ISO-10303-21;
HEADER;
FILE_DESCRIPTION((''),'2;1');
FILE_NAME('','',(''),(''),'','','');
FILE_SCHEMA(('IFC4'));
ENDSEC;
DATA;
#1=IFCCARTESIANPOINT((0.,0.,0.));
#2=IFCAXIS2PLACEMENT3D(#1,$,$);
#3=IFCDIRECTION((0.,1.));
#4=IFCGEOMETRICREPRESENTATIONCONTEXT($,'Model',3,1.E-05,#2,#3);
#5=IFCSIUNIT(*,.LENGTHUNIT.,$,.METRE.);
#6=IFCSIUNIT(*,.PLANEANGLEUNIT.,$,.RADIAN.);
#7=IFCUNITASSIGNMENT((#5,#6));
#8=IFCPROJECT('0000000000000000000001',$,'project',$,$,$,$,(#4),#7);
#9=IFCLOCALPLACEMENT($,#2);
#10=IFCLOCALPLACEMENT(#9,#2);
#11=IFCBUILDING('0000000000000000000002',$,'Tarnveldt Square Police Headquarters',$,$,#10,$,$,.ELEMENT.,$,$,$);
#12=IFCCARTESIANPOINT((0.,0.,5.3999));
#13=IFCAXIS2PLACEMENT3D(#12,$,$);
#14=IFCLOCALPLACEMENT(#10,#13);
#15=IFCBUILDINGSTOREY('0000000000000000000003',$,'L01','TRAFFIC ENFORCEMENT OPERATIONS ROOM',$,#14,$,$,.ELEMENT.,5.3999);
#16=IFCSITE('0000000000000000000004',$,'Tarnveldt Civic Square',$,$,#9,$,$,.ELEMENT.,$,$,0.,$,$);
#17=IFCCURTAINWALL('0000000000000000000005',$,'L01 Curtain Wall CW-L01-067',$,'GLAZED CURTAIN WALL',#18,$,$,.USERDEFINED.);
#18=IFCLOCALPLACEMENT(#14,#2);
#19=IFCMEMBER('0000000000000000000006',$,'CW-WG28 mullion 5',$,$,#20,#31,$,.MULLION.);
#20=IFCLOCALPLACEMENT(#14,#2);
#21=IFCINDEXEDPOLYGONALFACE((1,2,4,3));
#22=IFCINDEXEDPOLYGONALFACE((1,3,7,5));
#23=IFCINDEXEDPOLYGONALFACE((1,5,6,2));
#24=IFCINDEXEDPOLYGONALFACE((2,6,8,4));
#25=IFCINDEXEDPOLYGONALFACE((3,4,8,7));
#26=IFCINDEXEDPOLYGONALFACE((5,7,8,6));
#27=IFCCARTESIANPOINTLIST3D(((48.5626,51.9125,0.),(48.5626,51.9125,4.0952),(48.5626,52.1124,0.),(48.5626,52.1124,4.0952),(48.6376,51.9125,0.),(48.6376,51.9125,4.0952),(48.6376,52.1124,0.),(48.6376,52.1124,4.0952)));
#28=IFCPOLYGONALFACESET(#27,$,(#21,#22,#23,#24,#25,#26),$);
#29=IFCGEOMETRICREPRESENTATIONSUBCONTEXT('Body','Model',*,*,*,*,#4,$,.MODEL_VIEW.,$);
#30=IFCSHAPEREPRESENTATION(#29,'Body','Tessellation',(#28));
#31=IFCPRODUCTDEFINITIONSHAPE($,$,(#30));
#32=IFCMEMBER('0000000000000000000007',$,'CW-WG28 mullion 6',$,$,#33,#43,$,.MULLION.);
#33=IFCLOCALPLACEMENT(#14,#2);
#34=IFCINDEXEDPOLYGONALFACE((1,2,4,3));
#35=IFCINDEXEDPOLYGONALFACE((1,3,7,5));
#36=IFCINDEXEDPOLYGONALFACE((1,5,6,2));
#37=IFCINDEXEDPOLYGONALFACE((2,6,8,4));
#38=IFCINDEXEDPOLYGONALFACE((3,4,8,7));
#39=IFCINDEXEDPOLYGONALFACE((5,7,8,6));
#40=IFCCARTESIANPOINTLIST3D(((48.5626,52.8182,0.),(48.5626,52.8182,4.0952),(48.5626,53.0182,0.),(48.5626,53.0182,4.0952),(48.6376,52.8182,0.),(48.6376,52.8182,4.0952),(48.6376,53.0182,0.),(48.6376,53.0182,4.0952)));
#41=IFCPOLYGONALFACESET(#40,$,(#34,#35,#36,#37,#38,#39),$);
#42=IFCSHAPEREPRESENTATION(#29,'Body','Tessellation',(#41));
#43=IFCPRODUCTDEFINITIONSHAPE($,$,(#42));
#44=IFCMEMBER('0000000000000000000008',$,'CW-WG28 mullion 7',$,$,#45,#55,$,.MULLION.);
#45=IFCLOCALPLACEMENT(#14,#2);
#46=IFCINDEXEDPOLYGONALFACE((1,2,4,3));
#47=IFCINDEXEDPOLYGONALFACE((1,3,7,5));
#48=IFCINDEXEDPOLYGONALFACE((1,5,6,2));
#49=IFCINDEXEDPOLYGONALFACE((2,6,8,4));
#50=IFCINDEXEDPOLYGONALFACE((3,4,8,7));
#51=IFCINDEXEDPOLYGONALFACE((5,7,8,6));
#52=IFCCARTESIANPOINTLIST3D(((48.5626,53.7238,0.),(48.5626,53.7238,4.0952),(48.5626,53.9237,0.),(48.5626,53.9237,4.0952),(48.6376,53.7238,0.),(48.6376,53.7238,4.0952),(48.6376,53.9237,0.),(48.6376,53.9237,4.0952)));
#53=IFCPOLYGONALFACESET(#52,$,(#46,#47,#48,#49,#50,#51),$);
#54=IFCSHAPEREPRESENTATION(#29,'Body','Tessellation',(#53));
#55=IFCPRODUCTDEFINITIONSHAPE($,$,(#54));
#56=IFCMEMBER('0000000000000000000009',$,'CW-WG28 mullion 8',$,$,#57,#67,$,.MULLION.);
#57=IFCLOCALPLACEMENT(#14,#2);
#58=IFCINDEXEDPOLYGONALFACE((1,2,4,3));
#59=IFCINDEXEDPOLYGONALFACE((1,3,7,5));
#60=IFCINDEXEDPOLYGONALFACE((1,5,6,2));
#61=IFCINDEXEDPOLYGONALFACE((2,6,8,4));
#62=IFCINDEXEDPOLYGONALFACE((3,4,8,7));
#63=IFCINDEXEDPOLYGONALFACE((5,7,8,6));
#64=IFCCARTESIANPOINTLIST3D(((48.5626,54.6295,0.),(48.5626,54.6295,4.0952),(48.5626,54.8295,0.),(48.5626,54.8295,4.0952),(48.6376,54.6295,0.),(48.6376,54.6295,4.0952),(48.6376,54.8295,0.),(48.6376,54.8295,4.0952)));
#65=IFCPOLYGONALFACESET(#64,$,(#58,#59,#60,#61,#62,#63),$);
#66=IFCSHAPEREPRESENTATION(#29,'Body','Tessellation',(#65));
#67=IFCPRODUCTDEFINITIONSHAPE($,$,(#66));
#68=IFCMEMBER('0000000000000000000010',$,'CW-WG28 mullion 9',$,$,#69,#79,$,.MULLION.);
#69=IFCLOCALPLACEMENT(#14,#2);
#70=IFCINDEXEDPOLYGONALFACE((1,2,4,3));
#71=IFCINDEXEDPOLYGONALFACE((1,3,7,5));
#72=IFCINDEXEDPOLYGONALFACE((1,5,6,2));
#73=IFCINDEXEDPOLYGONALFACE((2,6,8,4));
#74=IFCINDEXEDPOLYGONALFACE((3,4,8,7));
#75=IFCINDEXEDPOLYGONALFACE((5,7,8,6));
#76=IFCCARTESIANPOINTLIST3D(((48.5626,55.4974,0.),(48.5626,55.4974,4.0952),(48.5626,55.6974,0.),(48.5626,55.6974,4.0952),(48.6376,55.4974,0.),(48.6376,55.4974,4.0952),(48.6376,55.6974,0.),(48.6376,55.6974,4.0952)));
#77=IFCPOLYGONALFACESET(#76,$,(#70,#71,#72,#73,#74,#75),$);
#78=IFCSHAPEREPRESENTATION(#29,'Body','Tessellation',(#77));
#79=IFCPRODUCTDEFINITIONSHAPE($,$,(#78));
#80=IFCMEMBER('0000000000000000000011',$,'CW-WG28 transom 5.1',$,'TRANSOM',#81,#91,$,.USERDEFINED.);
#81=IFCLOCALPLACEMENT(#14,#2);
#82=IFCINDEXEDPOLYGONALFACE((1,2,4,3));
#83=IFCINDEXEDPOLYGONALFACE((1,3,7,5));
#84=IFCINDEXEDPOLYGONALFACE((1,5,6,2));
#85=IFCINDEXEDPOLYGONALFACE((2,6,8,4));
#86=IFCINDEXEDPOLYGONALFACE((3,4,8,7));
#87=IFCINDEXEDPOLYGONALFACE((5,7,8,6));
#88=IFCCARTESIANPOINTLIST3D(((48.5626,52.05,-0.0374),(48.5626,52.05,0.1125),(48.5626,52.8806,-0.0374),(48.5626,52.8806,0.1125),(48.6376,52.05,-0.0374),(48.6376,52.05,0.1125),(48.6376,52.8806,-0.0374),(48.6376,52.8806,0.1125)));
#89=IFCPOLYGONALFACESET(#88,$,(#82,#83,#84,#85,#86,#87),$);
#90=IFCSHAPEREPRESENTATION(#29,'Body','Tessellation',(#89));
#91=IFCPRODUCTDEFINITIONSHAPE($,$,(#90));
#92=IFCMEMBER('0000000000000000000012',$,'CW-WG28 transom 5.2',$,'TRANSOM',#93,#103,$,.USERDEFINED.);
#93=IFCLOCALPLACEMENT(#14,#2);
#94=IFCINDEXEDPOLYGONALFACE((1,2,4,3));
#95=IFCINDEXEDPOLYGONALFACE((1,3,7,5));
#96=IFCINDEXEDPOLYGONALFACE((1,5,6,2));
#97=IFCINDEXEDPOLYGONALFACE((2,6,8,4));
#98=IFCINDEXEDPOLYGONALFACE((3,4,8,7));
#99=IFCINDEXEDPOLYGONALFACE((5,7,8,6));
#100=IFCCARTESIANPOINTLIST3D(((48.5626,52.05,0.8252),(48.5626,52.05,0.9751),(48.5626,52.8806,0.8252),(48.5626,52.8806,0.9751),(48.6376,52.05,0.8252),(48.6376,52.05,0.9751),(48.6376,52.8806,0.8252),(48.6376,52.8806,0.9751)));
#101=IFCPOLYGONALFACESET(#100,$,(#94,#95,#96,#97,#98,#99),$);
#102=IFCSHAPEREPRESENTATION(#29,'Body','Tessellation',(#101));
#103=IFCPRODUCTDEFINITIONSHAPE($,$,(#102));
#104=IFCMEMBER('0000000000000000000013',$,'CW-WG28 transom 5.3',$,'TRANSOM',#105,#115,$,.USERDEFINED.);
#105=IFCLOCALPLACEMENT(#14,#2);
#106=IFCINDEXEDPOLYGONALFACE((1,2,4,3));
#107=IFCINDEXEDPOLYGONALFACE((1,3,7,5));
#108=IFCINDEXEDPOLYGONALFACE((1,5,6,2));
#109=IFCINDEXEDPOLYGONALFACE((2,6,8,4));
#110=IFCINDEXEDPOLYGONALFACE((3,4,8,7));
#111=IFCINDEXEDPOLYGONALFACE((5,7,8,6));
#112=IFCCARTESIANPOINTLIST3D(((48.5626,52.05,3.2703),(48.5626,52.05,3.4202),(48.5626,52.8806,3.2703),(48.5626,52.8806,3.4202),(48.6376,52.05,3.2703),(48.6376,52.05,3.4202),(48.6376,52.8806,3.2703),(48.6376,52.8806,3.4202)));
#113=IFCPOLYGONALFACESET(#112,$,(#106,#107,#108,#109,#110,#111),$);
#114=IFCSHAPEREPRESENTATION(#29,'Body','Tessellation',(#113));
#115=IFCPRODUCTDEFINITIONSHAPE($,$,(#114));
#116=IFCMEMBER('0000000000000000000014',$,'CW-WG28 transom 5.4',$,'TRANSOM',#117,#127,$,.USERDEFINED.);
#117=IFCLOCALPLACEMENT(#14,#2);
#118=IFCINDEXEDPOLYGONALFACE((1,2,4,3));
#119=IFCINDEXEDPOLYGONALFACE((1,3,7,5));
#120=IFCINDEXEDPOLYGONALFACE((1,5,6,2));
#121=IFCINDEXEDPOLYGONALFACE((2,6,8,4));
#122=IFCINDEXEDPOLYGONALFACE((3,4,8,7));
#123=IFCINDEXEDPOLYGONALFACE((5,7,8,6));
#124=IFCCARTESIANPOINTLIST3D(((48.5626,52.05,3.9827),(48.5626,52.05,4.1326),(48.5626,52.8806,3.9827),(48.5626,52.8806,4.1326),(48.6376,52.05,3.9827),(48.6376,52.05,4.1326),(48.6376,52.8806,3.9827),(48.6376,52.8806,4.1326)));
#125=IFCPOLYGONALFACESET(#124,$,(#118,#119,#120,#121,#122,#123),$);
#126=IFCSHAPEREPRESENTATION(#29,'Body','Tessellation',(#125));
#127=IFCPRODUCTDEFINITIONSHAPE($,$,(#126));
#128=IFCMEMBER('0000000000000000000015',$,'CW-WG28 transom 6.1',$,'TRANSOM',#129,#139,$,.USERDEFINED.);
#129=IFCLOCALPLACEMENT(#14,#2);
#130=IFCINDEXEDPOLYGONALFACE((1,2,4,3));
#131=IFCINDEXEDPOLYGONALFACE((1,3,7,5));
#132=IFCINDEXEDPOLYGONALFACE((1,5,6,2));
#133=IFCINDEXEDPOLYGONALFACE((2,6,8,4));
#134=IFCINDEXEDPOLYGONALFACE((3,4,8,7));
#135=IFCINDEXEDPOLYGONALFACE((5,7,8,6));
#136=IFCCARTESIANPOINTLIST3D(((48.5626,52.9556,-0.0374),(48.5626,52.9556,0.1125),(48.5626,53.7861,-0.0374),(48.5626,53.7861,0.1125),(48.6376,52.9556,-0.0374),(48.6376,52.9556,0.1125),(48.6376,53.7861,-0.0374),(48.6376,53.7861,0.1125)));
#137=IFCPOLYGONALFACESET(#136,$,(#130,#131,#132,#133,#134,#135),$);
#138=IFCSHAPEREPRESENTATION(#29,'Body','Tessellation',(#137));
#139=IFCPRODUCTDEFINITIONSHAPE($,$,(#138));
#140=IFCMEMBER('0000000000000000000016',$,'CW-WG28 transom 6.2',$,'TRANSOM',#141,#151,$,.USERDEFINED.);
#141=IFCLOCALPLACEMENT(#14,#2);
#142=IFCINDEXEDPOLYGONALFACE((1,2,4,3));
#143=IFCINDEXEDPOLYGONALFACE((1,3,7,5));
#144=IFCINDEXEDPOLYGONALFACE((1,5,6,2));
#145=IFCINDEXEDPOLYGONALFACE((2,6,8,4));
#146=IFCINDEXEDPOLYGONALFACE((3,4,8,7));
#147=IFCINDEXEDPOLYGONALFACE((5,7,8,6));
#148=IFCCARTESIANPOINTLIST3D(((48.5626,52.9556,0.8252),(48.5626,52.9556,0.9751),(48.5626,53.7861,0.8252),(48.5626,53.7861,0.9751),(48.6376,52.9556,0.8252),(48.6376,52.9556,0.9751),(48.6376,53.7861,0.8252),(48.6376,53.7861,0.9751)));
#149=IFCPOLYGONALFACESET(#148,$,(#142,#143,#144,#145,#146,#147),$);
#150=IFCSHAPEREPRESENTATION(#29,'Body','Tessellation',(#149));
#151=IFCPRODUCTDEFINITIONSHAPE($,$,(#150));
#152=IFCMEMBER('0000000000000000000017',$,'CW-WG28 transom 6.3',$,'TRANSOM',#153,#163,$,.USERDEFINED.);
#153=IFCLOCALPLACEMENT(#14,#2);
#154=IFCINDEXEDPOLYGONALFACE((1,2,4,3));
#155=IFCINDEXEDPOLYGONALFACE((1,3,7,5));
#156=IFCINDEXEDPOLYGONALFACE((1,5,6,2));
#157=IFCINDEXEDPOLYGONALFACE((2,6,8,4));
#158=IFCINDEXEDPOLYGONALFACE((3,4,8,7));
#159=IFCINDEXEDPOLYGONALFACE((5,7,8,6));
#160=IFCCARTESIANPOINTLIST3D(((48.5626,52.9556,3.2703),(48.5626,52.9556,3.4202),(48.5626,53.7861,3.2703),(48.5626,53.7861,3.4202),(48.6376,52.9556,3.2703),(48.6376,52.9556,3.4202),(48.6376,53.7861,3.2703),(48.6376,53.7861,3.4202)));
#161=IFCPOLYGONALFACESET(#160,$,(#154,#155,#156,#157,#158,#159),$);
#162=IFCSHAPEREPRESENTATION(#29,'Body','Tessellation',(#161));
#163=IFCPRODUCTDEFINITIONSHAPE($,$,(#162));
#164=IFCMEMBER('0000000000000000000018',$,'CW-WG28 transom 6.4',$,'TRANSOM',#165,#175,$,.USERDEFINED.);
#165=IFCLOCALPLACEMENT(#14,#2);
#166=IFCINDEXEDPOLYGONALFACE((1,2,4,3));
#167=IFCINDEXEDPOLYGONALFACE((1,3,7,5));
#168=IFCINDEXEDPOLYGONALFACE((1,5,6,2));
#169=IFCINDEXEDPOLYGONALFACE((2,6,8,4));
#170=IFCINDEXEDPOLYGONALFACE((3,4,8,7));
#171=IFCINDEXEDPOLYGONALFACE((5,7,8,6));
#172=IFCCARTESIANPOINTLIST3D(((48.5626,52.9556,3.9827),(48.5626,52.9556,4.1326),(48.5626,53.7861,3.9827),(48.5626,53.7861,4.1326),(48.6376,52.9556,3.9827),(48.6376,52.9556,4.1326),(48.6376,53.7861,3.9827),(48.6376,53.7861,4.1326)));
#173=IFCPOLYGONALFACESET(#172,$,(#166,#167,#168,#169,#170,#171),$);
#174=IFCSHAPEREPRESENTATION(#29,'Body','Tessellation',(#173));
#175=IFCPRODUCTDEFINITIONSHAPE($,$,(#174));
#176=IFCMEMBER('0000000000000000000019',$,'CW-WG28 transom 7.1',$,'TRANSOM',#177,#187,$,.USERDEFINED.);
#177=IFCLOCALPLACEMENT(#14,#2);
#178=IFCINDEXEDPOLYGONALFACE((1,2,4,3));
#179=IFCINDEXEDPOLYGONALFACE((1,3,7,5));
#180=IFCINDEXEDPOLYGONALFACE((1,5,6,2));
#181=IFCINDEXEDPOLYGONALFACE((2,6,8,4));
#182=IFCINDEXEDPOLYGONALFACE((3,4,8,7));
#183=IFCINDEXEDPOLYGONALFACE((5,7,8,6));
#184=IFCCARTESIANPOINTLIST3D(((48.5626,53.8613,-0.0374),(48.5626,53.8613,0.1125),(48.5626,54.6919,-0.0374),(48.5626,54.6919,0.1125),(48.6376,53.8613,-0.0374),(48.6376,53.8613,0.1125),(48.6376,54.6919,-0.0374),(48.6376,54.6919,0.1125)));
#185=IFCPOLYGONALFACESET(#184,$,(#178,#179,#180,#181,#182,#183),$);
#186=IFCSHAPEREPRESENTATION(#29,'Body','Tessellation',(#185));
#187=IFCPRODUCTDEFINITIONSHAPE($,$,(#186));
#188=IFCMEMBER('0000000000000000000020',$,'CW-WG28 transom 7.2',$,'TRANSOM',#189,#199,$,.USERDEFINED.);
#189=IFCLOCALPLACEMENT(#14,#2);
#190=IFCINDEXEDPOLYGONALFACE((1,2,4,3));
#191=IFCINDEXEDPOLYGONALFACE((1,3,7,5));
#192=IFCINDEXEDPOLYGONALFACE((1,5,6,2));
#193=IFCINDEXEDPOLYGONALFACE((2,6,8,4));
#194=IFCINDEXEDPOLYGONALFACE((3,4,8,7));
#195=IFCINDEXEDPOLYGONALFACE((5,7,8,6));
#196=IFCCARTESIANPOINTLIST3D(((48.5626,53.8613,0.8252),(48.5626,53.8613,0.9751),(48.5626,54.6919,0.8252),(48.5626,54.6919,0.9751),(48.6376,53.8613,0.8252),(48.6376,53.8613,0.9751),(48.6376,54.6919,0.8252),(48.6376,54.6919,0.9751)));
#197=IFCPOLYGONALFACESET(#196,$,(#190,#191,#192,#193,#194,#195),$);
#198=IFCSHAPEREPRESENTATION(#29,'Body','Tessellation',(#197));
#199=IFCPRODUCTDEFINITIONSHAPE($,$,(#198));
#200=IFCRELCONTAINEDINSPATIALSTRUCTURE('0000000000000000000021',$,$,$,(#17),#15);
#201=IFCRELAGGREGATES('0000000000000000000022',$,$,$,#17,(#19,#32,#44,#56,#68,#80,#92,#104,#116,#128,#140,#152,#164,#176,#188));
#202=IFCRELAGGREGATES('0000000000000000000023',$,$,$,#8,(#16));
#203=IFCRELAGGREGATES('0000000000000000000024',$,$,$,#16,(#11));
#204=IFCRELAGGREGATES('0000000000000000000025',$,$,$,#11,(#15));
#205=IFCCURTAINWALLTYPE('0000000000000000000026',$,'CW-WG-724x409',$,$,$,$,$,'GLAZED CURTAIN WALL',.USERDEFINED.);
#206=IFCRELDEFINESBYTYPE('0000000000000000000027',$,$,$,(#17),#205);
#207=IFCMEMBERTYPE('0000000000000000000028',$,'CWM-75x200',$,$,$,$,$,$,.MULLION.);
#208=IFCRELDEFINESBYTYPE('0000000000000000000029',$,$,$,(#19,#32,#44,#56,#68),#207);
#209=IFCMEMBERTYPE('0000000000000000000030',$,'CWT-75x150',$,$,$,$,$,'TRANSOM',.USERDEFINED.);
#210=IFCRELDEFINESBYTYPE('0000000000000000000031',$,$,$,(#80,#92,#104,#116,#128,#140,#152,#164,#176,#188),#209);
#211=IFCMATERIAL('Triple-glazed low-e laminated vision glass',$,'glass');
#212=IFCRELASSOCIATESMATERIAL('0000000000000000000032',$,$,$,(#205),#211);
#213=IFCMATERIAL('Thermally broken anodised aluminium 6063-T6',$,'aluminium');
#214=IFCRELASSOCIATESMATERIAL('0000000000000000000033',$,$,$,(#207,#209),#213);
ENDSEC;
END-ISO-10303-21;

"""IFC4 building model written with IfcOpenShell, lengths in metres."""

from ifc_helpers import new_model, si_unit, direction, frame, origin, origin_2d, place, context, subcontext, project, spatial, rectangle, extrude, material, material_profile, profile_set, type_object, element, aggregate, save


model = new_model("IFC4")

# Units and contexts
model_context = context("Model", 3, precision=1e-05, world=origin(), true_north=direction((0.0, 1.0)))
body_context = subcontext(model_context, "Body", "Model", "MODEL_VIEW")
ifc_project = project(units=[si_unit("LENGTHUNIT", "METRE"), si_unit("PLANEANGLEUNIT", "RADIAN")], contexts=[model_context])

# Site, building, storey
site_placement = place(None, origin())
site = spatial("IfcSite", under=ifc_project, at=site_placement, Name="Tarnveldt Civic Square", CompositionType="ELEMENT", RefElevation=0.0)
building_placement = place(site_placement, origin())
building = spatial("IfcBuilding", under=site, at=building_placement, Name="Tarnveldt Square Police Headquarters", CompositionType="ELEMENT")
storey_placement = place(building_placement, frame((0.0, 0.0, 5.3999)))
storey = spatial("IfcBuildingStorey", under=building, at=storey_placement, Name="L01", Description="TRAFFIC ENFORCEMENT OPERATIONS ROOM", CompositionType="ELEMENT", Elevation=5.3999)

# Curtain wall, members
ifc_material_1 = material(Name="Triple-glazed low-e laminated vision glass", Category="glass")
curtain_wall_type = type_object("IfcCurtainWallType", Name="CW-WG-724x409", ElementType="GLAZED CURTAIN WALL", PredefinedType="USERDEFINED", material=ifc_material_1)
curtain_wall_placement = place(storey_placement, origin())
curtain_wall = element("IfcCurtainWall", 1, at=curtain_wall_placement, inside=storey, type_object=curtain_wall_type, Name="L01 Curtain Wall CW-L01-067", ObjectType="GLAZED CURTAIN WALL", PredefinedType="USERDEFINED")
ifc_material_2 = material(Name="Thermally broken anodised aluminium 6063-T6", Category="aluminium")
ifc_material_profile_1 = material_profile(ifc_material_2, rectangle(XDim=0.075, YDim=0.2, at=origin_2d()), Name="CW-M75x200")
ifc_profile_set_1 = profile_set([ifc_material_profile_1], Name="Thermally broken anodised aluminium 6063-T6")
member_type_1 = type_object("IfcMemberType", Name="CWM-75x200", PredefinedType="MULLION", material=ifc_profile_set_1)
member_1_placement = place(storey_placement, frame((48.6001, 52.0125, 0.0), z_axis=(0.0, 0.0, 1.0), x_axis=(-1.0, 0.0, 0.0)))
member_1 = element("IfcMember", 2, at=member_1_placement, type_object=member_type_1, Name="CW-WG28 mullion 5", PredefinedType="MULLION", context=body_context, shape_type="SweptSolid", body=[
    extrude(rectangle(XDim=0.075, YDim=0.2, at=origin_2d()), origin(), (0.0, 0.0, 1.0), 4.0952),
])
member_2_placement = place(storey_placement, frame((48.6001, 52.9182, 0.0), z_axis=(0.0, 0.0, 1.0), x_axis=(-1.0, 0.0, 0.0)))
member_2 = element("IfcMember", 3, at=member_2_placement, type_object=member_type_1, Name="CW-WG28 mullion 6", PredefinedType="MULLION", context=body_context, shape_type="SweptSolid", body=[
    extrude(rectangle(XDim=0.075, YDim=0.2, at=origin_2d()), origin(), (0.0, 0.0, 1.0), 4.0952),
])
member_3_placement = place(storey_placement, frame((48.6001, 53.8237, 0.0), z_axis=(0.0, 0.0, 1.0), x_axis=(-1.0, 0.0, 0.0)))
member_3 = element("IfcMember", 4, at=member_3_placement, type_object=member_type_1, Name="CW-WG28 mullion 7", PredefinedType="MULLION", context=body_context, shape_type="SweptSolid", body=[
    extrude(rectangle(XDim=0.075, YDim=0.2, at=origin_2d()), origin(), (0.0, 0.0, 1.0), 4.0952),
])
member_4_placement = place(storey_placement, frame((48.6001, 54.7295, 0.0), z_axis=(0.0, 0.0, 1.0), x_axis=(-1.0, 0.0, 0.0)))
member_4 = element("IfcMember", 5, at=member_4_placement, type_object=member_type_1, Name="CW-WG28 mullion 8", PredefinedType="MULLION", context=body_context, shape_type="SweptSolid", body=[
    extrude(rectangle(XDim=0.075, YDim=0.2, at=origin_2d()), origin(), (0.0, 0.0, 1.0), 4.0952),
])
member_5_placement = place(storey_placement, frame((48.6001, 55.5974, 0.0), z_axis=(0.0, 0.0, 1.0), x_axis=(-1.0, 0.0, 0.0)))
member_5 = element("IfcMember", 6, at=member_5_placement, type_object=member_type_1, Name="CW-WG28 mullion 9", PredefinedType="MULLION", context=body_context, shape_type="SweptSolid", body=[
    extrude(rectangle(XDim=0.075, YDim=0.2, at=origin_2d()), origin(), (0.0, 0.0, 1.0), 4.0952),
])
ifc_material_profile_2 = material_profile(ifc_material_2, rectangle(XDim=0.075, YDim=0.1499, at=origin_2d()), Name="CW-T75x150")
ifc_profile_set_2 = profile_set([ifc_material_profile_2], Name="Thermally broken anodised aluminium 6063-T6")
member_type_2 = type_object("IfcMemberType", Name="CWT-75x150", ElementType="TRANSOM", PredefinedType="USERDEFINED", material=ifc_profile_set_2)
member_6_placement = place(storey_placement, frame((48.6001, 52.05, 0.0376), z_axis=(0.0, 1.0, 0.0), x_axis=(-1.0, 0.0, 0.0)))
member_6 = element("IfcMember", 7, at=member_6_placement, type_object=member_type_2, Name="CW-WG28 transom 5.1", ObjectType="TRANSOM", PredefinedType="USERDEFINED", context=body_context, shape_type="SweptSolid", body=[
    extrude(rectangle(XDim=0.075, YDim=0.1499, at=origin_2d()), origin(), (0.0, 0.0, 1.0), 0.8306),
])
member_7_placement = place(storey_placement, frame((48.6001, 52.05, 0.9001), z_axis=(0.0, 1.0, 0.0), x_axis=(-1.0, 0.0, 0.0)))
member_7 = element("IfcMember", 8, at=member_7_placement, type_object=member_type_2, Name="CW-WG28 transom 5.2", ObjectType="TRANSOM", PredefinedType="USERDEFINED", context=body_context, shape_type="SweptSolid", body=[
    extrude(rectangle(XDim=0.075, YDim=0.1499, at=origin_2d()), origin(), (0.0, 0.0, 1.0), 0.8306),
])
member_8_placement = place(storey_placement, frame((48.6001, 52.05, 3.3452), z_axis=(0.0, 1.0, 0.0), x_axis=(-1.0, 0.0, 0.0)))
member_8 = element("IfcMember", 9, at=member_8_placement, type_object=member_type_2, Name="CW-WG28 transom 5.3", ObjectType="TRANSOM", PredefinedType="USERDEFINED", context=body_context, shape_type="SweptSolid", body=[
    extrude(rectangle(XDim=0.075, YDim=0.1499, at=origin_2d()), origin(), (0.0, 0.0, 1.0), 0.8306),
])
member_9_placement = place(storey_placement, frame((48.6001, 52.05, 4.0576), z_axis=(0.0, 1.0, 0.0), x_axis=(-1.0, 0.0, 0.0)))
member_9 = element("IfcMember", 10, at=member_9_placement, type_object=member_type_2, Name="CW-WG28 transom 5.4", ObjectType="TRANSOM", PredefinedType="USERDEFINED", context=body_context, shape_type="SweptSolid", body=[
    extrude(rectangle(XDim=0.075, YDim=0.1499, at=origin_2d()), origin(), (0.0, 0.0, 1.0), 0.8306),
])
member_10_placement = place(storey_placement, frame((48.6001, 52.9556, 0.0376), z_axis=(0.0, 1.0, 0.0), x_axis=(-1.0, 0.0, 0.0)))
member_10 = element("IfcMember", 11, at=member_10_placement, type_object=member_type_2, Name="CW-WG28 transom 6.1", ObjectType="TRANSOM", PredefinedType="USERDEFINED", context=body_context, shape_type="SweptSolid", body=[
    extrude(rectangle(XDim=0.075, YDim=0.1499, at=origin_2d()), origin(), (0.0, 0.0, 1.0), 0.8306),
])
member_11_placement = place(storey_placement, frame((48.6001, 52.9556, 0.9001), z_axis=(0.0, 1.0, 0.0), x_axis=(-1.0, 0.0, 0.0)))
member_11 = element("IfcMember", 12, at=member_11_placement, type_object=member_type_2, Name="CW-WG28 transom 6.2", ObjectType="TRANSOM", PredefinedType="USERDEFINED", context=body_context, shape_type="SweptSolid", body=[
    extrude(rectangle(XDim=0.075, YDim=0.1499, at=origin_2d()), origin(), (0.0, 0.0, 1.0), 0.8306),
])
member_12_placement = place(storey_placement, frame((48.6001, 52.9556, 3.3452), z_axis=(0.0, 1.0, 0.0), x_axis=(-1.0, 0.0, 0.0)))
member_12 = element("IfcMember", 13, at=member_12_placement, type_object=member_type_2, Name="CW-WG28 transom 6.3", ObjectType="TRANSOM", PredefinedType="USERDEFINED", context=body_context, shape_type="SweptSolid", body=[
    extrude(rectangle(XDim=0.075, YDim=0.1499, at=origin_2d()), origin(), (0.0, 0.0, 1.0), 0.8306),
])
member_13_placement = place(storey_placement, frame((48.6001, 52.9556, 4.0576), z_axis=(0.0, 1.0, 0.0), x_axis=(-1.0, 0.0, 0.0)))
member_13 = element("IfcMember", 14, at=member_13_placement, type_object=member_type_2, Name="CW-WG28 transom 6.4", ObjectType="TRANSOM", PredefinedType="USERDEFINED", context=body_context, shape_type="SweptSolid", body=[
    extrude(rectangle(XDim=0.075, YDim=0.1499, at=origin_2d()), origin(), (0.0, 0.0, 1.0), 0.8306),
])
member_14_placement = place(storey_placement, frame((48.6001, 53.8613, 0.0376), z_axis=(0.0, 1.0, 0.0), x_axis=(-1.0, 0.0, 0.0)))
member_14 = element("IfcMember", 15, at=member_14_placement, type_object=member_type_2, Name="CW-WG28 transom 7.1", ObjectType="TRANSOM", PredefinedType="USERDEFINED", context=body_context, shape_type="SweptSolid", body=[
    extrude(rectangle(XDim=0.075, YDim=0.1499, at=origin_2d()), origin(), (0.0, 0.0, 1.0), 0.8306),
])
member_15_placement = place(storey_placement, frame((48.6001, 53.8613, 0.9001), z_axis=(0.0, 1.0, 0.0), x_axis=(-1.0, 0.0, 0.0)))
member_15 = element("IfcMember", 16, at=member_15_placement, type_object=member_type_2, Name="CW-WG28 transom 7.2", ObjectType="TRANSOM", PredefinedType="USERDEFINED", context=body_context, shape_type="SweptSolid", body=[
    extrude(rectangle(XDim=0.075, YDim=0.1499, at=origin_2d()), origin(), (0.0, 0.0, 1.0), 0.8306),
])
aggregate(curtain_wall, [member_1, member_2, member_3, member_4, member_5, member_6, member_7, member_8, member_9, member_10, member_11, member_12, member_13, member_14, member_15])

save(model, "model.ifc")
